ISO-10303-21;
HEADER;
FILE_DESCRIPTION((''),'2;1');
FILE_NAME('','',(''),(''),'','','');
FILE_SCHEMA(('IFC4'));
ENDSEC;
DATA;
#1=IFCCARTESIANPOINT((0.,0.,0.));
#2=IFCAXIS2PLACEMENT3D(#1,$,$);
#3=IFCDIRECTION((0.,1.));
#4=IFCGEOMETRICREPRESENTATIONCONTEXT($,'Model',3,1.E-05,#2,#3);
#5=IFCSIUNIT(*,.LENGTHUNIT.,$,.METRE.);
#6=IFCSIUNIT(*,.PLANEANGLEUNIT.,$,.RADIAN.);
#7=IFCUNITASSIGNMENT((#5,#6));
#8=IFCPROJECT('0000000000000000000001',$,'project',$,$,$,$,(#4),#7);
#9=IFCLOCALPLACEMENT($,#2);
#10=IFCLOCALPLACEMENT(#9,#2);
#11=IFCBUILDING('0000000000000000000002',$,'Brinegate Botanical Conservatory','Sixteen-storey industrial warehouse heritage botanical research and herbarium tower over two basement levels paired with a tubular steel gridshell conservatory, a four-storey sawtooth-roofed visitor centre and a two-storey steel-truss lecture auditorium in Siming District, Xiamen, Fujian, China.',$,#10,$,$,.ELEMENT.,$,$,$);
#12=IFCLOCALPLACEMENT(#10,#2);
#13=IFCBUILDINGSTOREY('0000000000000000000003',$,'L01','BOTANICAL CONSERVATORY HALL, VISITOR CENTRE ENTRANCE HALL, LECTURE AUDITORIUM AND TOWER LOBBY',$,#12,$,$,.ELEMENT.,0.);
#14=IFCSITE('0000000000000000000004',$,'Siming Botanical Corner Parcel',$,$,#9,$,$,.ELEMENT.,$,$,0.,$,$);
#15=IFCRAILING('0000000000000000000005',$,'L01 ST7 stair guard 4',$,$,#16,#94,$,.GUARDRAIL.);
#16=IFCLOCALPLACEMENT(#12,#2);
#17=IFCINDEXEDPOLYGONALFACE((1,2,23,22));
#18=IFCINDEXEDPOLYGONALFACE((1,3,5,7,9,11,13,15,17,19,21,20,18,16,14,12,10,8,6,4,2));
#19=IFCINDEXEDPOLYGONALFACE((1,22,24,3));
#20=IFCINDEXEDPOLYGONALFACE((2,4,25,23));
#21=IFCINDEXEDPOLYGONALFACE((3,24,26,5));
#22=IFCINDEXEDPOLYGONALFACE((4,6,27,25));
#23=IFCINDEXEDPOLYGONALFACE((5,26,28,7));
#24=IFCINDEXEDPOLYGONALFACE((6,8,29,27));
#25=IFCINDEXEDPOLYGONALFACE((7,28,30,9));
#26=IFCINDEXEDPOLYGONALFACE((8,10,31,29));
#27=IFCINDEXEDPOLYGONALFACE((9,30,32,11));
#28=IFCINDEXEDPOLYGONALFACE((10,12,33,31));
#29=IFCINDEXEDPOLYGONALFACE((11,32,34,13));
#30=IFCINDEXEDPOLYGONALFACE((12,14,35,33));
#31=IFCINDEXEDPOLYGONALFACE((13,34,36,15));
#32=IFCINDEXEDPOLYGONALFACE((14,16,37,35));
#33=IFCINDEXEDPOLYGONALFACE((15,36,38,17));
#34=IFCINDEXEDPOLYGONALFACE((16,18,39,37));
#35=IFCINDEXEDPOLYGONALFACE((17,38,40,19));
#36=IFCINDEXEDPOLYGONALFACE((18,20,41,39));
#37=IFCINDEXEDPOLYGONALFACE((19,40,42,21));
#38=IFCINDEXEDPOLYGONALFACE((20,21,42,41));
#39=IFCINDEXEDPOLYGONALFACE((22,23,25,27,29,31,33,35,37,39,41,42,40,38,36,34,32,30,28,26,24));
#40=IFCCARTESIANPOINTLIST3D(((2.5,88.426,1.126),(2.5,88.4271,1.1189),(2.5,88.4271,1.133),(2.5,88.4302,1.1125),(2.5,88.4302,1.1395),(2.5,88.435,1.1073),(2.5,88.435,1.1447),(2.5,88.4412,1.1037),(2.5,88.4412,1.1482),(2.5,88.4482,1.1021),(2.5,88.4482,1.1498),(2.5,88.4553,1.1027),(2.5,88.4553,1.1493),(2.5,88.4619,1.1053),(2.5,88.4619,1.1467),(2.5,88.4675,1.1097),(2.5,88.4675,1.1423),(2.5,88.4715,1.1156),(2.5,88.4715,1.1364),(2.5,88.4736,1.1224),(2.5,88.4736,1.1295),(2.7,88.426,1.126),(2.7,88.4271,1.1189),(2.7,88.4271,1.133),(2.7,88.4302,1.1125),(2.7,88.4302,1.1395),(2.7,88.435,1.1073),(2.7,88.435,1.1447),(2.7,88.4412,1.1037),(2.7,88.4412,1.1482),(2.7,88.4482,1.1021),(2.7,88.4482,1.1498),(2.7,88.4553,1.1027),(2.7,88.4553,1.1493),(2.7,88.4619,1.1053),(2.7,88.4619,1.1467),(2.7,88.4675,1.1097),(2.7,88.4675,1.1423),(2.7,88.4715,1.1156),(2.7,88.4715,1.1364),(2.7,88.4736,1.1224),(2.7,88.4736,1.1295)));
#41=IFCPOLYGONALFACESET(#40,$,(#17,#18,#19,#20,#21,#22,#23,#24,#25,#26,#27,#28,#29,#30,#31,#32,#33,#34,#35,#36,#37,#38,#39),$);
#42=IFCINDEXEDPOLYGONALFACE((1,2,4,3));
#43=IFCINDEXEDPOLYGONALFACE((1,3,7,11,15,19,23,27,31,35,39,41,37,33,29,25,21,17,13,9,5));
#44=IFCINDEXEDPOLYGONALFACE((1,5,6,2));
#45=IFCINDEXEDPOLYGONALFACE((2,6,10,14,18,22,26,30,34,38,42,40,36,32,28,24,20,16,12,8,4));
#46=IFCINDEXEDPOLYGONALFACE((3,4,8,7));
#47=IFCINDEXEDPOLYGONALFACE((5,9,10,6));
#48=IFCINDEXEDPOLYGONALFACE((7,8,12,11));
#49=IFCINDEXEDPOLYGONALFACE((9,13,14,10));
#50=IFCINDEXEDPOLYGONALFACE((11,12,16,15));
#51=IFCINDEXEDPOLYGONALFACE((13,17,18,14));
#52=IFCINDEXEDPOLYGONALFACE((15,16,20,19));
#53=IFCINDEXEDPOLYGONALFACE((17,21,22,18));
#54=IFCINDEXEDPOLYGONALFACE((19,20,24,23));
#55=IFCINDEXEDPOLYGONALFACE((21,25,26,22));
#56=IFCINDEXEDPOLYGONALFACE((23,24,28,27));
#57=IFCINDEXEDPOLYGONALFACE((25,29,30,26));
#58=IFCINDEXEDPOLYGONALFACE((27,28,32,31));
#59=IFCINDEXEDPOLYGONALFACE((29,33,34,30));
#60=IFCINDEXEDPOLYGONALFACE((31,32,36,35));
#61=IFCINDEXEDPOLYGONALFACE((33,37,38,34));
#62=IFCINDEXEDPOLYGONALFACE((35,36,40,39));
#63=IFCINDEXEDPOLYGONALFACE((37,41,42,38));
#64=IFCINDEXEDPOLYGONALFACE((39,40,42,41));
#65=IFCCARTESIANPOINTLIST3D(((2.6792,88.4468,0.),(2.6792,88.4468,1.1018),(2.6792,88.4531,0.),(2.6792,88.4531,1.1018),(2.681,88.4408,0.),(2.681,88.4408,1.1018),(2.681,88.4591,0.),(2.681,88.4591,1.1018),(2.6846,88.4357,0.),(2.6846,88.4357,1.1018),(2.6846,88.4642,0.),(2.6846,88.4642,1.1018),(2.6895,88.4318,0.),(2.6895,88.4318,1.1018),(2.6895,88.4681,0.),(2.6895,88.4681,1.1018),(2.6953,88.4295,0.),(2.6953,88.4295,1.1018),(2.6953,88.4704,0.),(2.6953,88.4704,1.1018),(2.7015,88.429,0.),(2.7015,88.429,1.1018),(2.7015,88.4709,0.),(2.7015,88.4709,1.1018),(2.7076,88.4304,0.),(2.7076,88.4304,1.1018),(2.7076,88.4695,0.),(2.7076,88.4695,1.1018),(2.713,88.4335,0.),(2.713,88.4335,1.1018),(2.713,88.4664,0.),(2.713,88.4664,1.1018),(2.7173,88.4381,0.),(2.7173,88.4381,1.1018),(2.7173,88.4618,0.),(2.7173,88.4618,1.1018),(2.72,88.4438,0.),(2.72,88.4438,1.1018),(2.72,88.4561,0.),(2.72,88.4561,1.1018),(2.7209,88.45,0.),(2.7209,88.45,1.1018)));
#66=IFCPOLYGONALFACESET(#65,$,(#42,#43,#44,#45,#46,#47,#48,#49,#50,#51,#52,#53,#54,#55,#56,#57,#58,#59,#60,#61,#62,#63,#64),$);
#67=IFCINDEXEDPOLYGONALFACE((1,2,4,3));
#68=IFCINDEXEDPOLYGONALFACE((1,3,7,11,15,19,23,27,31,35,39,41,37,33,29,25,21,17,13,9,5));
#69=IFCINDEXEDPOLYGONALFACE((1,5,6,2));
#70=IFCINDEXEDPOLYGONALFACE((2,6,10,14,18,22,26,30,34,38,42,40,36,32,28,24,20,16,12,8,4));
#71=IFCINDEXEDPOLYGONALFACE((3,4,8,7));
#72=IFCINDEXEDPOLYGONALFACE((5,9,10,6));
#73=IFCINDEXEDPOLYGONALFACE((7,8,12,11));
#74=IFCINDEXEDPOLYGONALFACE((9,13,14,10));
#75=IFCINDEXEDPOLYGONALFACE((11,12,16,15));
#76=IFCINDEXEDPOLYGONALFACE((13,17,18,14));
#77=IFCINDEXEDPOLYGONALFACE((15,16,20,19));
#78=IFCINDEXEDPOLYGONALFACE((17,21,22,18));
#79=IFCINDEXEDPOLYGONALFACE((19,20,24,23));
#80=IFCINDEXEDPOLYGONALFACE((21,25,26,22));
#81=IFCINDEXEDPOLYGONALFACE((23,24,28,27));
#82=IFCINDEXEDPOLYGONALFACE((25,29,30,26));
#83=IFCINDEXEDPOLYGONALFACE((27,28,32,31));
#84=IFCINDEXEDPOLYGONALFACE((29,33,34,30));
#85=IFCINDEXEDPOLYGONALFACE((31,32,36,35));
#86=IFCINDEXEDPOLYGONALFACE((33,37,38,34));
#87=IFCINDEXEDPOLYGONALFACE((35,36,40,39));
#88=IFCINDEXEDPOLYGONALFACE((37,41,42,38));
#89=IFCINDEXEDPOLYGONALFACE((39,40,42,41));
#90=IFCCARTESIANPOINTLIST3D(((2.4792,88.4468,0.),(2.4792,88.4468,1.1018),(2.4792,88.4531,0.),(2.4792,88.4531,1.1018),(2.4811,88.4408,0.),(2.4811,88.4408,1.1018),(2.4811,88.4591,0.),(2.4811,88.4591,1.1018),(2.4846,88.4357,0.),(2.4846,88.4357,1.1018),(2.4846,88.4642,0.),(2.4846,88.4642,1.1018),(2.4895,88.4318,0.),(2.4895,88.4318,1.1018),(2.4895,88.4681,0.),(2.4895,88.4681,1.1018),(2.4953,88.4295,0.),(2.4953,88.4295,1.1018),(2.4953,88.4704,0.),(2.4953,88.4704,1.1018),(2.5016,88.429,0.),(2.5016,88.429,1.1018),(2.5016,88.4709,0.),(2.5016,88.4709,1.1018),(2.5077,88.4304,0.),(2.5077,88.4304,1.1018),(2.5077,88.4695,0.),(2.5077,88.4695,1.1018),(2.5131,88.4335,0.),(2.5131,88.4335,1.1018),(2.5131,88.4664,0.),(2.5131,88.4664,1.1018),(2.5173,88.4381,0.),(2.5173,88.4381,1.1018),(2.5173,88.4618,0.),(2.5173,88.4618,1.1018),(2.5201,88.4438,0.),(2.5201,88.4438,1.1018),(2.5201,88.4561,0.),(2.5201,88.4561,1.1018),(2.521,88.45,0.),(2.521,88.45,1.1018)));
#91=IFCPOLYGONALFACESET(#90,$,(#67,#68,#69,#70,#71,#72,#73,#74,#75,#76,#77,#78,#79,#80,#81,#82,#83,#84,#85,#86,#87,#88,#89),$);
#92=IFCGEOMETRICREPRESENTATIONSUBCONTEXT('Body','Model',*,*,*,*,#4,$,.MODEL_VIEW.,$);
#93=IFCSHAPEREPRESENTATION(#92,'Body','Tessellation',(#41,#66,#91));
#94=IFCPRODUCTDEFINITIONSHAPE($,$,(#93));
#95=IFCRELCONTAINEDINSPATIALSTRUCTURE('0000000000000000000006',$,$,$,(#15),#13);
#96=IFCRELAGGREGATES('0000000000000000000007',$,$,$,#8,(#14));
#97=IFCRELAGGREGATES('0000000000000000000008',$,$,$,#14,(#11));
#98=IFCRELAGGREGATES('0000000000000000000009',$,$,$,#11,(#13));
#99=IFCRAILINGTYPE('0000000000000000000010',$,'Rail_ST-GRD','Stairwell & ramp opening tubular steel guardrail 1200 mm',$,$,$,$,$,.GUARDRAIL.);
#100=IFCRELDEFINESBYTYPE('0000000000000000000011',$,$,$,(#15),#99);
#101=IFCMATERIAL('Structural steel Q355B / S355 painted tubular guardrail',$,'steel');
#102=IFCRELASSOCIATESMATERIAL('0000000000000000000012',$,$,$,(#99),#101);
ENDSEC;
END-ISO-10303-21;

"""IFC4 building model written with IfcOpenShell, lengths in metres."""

from ifc_helpers import new_model, si_unit, direction, frame, origin, origin_2d, place, context, subcontext, project, spatial, circle, extrude, material, type_object, element, save


model = new_model("IFC4")

# Units and contexts
model_context = context("Model", 3, precision=1e-05, world=origin(), true_north=direction((0.0, 1.0)))
body_context = subcontext(model_context, "Body", "Model", "MODEL_VIEW")
ifc_project = project(units=[si_unit("LENGTHUNIT", "METRE"), si_unit("PLANEANGLEUNIT", "RADIAN")], contexts=[model_context])

# Site, building, storey
site_placement = place(None, origin())
site = spatial("IfcSite", under=ifc_project, at=site_placement, Name="Siming Botanical Corner Parcel", CompositionType="ELEMENT", RefElevation=0.0)
building_placement = place(site_placement, origin())
building = spatial("IfcBuilding", under=site, at=building_placement, Name="Brinegate Botanical Conservatory", Description="Sixteen-storey industrial warehouse heritage botanical research and herbarium tower over two basement levels paired with a tubular steel gridshell conservatory, a four-storey sawtooth-roofed visitor centre and a two-storey steel-truss lecture auditorium in Siming District, Xiamen, Fujian, China.", CompositionType="ELEMENT")
storey_placement = place(building_placement, origin())
storey = spatial("IfcBuildingStorey", under=building, at=storey_placement, Name="L01", Description="BOTANICAL CONSERVATORY HALL, VISITOR CENTRE ENTRANCE HALL, LECTURE AUDITORIUM AND TOWER LOBBY", CompositionType="ELEMENT", Elevation=0.0)

# Railing
ifc_material_1 = material(Name="Structural steel Q355B / S355 painted tubular guardrail", Category="steel")
railing_type_1 = type_object("IfcRailingType", Name="Rail_ST-GRD", Description="Stairwell & ramp opening tubular steel guardrail 1200 mm", PredefinedType="GUARDRAIL", material=ifc_material_1)
railing_1_placement = place(storey_placement, frame((2.7, 88.45, 0.0)))
element("IfcRailing", 1, at=railing_1_placement, inside=storey, type_object=railing_type_1, Name="L01 ST7 stair guard 4", PredefinedType="GUARDRAIL", context=body_context, shape_type="SweptSolid", body=[
    extrude(circle(Radius=0.0239, at=origin_2d()), frame((0.0, 0.0, 1.126), z_axis=(-1.0, 0.0, 0.0), x_axis=(0.0, -1.0, 0.0)), (0.0, 0.0, 1.0), 0.2),
    extrude(circle(Radius=0.021, at=origin_2d()), origin(), (0.0, 0.0, 1.0), 1.1018),
    extrude(circle(Radius=0.021, at=origin_2d()), frame((-0.2, 0.0, 0.0)), (0.0, 0.0, 1.0), 1.1018),
])

save(model, "model.ifc")
